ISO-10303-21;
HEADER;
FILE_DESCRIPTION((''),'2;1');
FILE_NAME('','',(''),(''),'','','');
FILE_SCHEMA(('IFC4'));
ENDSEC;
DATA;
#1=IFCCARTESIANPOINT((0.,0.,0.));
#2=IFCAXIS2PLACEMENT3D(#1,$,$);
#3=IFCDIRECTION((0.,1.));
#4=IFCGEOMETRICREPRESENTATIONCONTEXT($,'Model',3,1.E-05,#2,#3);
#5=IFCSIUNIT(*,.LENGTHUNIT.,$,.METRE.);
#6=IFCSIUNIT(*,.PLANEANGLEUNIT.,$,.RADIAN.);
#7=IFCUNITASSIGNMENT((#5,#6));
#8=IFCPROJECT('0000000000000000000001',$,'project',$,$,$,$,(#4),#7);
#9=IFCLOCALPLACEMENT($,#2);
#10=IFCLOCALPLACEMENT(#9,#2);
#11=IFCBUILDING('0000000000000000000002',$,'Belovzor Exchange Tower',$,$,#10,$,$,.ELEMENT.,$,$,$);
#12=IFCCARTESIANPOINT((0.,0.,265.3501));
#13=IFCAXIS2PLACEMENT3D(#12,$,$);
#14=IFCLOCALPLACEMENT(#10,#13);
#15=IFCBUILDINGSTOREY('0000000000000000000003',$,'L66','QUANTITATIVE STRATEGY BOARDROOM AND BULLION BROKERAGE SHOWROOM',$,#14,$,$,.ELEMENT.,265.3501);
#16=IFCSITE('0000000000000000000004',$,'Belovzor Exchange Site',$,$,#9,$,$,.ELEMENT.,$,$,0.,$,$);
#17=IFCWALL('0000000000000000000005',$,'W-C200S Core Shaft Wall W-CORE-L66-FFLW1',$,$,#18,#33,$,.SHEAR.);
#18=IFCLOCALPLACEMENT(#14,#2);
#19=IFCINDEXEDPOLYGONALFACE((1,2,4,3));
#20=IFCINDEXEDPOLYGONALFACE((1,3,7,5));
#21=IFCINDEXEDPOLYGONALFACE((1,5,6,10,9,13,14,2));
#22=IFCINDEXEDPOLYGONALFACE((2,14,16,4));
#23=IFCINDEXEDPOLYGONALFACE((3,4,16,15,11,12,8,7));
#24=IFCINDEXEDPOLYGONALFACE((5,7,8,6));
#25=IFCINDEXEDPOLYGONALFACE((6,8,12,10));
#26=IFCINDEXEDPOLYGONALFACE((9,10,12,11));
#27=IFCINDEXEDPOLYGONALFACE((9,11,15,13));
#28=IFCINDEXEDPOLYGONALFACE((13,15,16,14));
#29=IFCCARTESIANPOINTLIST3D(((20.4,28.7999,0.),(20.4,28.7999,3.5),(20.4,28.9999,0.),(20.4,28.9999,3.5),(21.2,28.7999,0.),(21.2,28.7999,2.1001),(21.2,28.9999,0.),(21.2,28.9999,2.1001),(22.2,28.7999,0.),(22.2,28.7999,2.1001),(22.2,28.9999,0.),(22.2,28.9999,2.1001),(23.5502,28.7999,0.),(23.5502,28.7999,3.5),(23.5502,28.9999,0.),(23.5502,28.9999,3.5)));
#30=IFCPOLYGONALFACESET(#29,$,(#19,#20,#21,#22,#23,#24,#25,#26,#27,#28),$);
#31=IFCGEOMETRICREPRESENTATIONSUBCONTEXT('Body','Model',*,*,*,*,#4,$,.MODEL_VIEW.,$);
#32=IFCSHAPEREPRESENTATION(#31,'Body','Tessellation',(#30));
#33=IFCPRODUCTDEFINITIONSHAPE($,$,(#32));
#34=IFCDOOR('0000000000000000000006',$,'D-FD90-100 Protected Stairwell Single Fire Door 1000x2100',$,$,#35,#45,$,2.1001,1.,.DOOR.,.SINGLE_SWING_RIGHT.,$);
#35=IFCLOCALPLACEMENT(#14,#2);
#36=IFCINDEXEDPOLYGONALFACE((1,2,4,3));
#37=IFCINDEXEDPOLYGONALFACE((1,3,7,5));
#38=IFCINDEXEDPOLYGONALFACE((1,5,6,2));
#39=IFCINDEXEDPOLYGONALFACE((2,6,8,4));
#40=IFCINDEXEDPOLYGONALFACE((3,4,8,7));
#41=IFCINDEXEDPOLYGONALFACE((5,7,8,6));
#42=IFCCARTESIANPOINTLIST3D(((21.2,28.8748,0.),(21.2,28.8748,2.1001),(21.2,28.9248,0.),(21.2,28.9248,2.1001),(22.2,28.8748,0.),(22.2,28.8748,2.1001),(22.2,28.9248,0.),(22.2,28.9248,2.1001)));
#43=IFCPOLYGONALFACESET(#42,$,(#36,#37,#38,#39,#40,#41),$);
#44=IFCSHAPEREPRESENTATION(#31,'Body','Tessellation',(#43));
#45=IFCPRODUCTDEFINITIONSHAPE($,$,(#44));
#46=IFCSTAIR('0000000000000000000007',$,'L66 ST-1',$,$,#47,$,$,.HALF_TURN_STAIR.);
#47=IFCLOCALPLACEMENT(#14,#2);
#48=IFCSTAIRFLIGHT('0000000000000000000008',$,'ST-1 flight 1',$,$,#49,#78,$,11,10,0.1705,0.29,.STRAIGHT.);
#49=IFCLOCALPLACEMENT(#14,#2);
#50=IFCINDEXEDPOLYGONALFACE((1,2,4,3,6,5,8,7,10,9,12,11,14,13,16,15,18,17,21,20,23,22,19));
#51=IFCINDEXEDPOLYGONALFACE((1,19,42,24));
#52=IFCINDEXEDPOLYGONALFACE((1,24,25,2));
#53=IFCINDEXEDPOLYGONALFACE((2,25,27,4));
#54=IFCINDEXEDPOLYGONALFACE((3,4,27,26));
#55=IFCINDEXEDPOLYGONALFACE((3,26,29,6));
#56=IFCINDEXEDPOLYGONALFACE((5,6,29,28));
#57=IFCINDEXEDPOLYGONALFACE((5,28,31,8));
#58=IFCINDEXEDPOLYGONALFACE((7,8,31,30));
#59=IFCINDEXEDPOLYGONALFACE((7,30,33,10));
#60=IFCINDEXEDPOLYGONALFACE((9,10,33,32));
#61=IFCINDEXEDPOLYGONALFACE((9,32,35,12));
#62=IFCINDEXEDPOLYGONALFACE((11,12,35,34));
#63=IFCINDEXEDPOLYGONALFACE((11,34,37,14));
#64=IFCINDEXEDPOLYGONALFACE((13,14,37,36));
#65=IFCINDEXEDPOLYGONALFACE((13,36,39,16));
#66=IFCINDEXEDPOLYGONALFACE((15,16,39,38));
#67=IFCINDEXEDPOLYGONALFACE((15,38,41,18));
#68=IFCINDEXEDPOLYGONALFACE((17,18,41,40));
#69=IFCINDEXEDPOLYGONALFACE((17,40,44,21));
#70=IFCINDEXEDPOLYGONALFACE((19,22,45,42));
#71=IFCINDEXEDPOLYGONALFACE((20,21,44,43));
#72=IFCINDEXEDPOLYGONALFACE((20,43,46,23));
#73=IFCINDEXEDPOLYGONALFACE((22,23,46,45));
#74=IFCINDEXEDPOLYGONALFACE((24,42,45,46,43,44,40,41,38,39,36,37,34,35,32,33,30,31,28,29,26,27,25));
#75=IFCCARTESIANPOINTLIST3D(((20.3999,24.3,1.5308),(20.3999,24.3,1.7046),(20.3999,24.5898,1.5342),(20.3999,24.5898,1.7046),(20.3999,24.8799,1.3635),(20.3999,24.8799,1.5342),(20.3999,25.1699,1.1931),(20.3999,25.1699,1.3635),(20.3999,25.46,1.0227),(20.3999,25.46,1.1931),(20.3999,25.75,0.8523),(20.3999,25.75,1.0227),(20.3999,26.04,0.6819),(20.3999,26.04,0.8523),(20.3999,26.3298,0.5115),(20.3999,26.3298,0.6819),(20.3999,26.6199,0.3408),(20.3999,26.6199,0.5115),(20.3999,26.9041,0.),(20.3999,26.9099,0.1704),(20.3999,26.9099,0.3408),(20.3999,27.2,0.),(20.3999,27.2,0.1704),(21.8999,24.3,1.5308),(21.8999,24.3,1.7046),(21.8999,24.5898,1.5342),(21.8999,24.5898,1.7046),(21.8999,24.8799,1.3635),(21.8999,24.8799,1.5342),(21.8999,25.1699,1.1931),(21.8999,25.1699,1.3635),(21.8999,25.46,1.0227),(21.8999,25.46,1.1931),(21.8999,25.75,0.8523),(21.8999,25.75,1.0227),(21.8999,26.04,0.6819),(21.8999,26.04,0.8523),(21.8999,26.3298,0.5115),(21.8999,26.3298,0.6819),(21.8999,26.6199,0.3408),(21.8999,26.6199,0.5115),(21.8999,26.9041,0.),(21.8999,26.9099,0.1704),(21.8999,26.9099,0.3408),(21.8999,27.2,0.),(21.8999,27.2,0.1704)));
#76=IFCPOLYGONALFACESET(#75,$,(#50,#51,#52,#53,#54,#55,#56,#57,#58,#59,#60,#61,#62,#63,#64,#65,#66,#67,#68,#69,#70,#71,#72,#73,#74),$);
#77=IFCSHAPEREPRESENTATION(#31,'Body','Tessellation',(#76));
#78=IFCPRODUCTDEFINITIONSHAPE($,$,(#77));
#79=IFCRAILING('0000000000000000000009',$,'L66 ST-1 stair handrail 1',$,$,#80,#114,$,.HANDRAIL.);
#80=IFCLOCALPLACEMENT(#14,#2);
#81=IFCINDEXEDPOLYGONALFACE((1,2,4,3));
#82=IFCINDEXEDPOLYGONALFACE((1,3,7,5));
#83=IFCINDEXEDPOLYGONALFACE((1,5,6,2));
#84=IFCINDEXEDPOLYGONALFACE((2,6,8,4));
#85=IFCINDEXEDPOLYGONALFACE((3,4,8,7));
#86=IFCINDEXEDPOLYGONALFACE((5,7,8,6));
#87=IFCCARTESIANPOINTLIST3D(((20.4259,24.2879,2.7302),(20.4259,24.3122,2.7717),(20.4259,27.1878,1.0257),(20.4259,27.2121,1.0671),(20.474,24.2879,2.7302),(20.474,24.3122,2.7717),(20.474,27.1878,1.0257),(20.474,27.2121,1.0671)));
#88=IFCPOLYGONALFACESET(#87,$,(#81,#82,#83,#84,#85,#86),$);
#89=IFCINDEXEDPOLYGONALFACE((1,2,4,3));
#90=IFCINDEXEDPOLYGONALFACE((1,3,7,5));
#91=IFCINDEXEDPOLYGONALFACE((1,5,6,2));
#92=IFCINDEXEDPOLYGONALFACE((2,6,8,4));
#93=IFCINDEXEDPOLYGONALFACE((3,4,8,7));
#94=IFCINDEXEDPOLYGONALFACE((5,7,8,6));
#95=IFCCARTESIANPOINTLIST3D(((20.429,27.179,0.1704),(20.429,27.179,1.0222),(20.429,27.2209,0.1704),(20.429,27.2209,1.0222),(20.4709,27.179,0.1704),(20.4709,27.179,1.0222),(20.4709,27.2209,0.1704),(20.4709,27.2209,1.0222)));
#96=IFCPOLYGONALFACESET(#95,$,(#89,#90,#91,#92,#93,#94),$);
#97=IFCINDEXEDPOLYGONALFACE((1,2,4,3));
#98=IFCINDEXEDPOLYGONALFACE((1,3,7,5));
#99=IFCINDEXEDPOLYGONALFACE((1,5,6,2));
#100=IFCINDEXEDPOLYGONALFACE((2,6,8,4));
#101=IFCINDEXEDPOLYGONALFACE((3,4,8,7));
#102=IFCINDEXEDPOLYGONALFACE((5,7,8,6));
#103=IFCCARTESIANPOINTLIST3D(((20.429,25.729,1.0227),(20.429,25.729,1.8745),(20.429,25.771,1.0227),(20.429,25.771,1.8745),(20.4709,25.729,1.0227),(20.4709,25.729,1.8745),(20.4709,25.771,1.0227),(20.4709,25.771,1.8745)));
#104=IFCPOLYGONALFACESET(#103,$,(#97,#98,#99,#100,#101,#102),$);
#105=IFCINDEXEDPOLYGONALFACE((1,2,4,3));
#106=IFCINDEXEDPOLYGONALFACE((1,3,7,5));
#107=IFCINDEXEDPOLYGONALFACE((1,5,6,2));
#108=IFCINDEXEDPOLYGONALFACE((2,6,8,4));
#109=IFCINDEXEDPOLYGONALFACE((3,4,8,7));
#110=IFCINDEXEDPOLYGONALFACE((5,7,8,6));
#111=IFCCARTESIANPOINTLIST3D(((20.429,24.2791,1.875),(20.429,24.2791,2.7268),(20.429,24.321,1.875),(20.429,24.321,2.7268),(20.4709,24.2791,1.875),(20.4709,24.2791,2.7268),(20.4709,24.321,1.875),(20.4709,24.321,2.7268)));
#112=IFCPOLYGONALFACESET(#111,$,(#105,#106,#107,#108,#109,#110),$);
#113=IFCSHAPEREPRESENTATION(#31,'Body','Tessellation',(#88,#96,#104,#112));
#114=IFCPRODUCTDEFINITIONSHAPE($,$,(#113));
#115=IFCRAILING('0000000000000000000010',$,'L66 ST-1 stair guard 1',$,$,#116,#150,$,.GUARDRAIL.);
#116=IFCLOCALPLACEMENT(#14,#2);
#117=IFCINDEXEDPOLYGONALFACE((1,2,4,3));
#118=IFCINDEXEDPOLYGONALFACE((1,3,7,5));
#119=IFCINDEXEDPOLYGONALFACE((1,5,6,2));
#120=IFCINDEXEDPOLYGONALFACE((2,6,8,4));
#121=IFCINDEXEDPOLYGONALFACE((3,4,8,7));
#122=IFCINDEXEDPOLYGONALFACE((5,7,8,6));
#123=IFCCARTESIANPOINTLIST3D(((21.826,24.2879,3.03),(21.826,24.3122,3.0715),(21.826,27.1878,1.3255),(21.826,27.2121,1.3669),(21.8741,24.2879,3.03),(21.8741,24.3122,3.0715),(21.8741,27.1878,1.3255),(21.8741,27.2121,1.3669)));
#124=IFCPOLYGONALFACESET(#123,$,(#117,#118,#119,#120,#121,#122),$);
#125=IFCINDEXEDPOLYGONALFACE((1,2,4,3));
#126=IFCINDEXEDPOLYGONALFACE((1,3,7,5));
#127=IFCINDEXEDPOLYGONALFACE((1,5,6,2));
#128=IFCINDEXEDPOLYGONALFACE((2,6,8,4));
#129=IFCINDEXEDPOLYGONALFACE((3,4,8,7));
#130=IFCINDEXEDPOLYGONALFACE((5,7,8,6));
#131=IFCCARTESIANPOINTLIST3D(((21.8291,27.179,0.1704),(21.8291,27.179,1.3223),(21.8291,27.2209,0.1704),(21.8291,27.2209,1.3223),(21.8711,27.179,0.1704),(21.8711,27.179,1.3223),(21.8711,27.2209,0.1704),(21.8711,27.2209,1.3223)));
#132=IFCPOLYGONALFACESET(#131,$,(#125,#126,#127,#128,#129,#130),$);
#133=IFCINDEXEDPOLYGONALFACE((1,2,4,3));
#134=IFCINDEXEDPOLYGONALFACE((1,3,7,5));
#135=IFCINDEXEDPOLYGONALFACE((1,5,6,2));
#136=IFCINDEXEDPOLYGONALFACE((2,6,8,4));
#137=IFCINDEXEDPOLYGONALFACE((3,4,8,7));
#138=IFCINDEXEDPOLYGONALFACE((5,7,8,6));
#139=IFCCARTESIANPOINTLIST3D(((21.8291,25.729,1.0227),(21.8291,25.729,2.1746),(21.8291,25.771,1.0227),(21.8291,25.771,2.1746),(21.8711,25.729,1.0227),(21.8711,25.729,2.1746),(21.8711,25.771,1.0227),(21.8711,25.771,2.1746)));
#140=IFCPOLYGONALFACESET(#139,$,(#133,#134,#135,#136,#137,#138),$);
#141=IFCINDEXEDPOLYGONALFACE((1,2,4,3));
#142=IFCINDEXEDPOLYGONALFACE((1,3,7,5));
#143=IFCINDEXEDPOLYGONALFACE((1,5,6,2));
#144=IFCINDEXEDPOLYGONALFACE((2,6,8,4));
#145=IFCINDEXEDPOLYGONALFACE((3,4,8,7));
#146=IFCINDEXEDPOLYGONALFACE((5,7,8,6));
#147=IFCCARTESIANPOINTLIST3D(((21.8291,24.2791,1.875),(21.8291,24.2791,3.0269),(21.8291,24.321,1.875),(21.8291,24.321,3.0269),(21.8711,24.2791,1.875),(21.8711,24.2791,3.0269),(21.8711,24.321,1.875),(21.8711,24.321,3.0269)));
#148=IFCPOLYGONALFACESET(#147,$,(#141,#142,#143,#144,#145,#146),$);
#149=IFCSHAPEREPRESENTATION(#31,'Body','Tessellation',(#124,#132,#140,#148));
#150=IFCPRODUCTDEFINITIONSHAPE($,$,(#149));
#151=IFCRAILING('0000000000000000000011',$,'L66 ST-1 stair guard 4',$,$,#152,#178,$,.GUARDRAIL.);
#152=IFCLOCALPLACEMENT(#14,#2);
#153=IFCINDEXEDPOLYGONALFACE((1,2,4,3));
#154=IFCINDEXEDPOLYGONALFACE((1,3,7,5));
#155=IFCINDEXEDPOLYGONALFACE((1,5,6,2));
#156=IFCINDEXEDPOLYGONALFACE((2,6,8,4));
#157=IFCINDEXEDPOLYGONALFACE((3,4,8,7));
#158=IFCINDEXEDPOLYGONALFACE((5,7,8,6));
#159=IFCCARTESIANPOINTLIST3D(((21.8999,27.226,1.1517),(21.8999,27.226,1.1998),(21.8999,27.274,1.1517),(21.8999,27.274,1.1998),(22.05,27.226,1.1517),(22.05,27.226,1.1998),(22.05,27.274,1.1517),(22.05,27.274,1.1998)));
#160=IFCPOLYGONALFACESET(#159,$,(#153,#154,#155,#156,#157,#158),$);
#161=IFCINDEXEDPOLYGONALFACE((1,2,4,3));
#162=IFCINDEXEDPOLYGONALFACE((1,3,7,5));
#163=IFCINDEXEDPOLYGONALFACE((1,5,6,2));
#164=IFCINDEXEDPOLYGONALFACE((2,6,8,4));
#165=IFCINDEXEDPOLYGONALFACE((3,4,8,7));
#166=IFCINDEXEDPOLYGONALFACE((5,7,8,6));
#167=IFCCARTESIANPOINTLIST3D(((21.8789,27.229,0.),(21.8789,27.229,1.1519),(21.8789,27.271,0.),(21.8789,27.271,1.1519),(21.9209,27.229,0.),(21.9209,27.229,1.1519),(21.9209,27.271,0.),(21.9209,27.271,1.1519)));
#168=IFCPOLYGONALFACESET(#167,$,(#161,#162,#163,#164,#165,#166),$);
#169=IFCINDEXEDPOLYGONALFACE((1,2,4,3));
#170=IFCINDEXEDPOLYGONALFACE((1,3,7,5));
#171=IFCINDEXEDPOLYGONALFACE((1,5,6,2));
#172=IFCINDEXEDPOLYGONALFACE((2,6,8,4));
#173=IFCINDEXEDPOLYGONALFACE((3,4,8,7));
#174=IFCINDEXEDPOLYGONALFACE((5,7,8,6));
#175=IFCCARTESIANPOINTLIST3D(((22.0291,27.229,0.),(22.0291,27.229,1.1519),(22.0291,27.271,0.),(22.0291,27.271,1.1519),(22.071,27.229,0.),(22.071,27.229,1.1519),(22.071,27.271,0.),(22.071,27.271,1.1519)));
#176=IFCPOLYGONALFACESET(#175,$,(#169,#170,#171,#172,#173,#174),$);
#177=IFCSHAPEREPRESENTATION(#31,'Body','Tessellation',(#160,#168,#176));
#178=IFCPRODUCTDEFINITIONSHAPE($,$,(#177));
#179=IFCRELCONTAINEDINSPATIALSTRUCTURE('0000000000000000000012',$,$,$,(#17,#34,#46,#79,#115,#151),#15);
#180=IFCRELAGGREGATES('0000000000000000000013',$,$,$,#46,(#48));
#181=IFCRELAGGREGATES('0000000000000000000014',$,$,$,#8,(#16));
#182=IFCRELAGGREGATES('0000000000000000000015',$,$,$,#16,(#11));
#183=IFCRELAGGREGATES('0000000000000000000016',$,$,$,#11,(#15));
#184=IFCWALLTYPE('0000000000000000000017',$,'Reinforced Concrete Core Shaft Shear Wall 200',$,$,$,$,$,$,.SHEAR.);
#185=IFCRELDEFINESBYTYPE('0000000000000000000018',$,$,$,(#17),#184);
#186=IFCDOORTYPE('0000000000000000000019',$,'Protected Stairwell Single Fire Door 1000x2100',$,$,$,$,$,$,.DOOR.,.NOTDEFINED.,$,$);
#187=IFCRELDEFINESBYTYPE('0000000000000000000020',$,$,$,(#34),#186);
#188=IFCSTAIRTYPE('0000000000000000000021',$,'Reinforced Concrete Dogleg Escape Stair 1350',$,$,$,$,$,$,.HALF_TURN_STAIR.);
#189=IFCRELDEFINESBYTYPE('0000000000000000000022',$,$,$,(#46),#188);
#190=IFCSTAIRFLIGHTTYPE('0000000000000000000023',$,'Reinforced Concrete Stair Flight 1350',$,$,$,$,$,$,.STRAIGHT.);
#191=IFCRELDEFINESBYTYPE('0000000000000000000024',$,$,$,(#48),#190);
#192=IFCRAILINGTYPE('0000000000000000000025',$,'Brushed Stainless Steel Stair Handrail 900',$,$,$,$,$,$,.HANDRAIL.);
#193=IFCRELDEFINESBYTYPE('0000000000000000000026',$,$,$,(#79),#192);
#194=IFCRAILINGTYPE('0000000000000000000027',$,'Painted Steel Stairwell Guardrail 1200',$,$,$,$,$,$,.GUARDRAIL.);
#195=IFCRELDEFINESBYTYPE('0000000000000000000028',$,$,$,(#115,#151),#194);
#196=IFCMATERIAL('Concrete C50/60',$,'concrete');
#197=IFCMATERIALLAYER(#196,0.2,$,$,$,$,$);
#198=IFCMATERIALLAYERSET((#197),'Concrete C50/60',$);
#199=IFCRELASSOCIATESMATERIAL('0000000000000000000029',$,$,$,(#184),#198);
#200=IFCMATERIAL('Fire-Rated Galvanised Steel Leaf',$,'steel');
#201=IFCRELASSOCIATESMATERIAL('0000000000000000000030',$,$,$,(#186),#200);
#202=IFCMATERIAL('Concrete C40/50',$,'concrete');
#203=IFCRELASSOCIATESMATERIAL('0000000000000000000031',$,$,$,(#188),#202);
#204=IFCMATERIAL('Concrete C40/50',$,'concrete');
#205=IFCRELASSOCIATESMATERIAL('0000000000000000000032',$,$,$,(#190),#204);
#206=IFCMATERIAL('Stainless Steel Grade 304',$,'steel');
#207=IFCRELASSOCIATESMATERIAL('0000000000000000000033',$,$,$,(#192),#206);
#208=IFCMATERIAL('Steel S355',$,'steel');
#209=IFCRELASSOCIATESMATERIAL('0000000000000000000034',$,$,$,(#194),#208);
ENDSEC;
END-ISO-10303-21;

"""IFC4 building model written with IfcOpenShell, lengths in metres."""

from ifc_helpers import new_model, si_unit, direction, frame, frame_2d, origin, origin_2d, place, context, subcontext, project, spatial, polyline, rectangle, outline, extrude, material, layer, layer_set, type_object, element, fill, aggregate, save


model = new_model("IFC4")

# Units and contexts
model_context = context("Model", 3, precision=1e-05, world=origin(), true_north=direction((0.0, 1.0)))
body_context = subcontext(model_context, "Body", "Model", "MODEL_VIEW")
ifc_project = project(units=[si_unit("LENGTHUNIT", "METRE"), si_unit("PLANEANGLEUNIT", "RADIAN")], contexts=[model_context])

# Site, building, storey
site_placement = place(None, origin())
site = spatial("IfcSite", under=ifc_project, at=site_placement, Name="Belovzor Exchange Site", CompositionType="ELEMENT", RefElevation=0.0)
building_placement = place(site_placement, origin())
building = spatial("IfcBuilding", under=site, at=building_placement, Name="Belovzor Exchange Tower", CompositionType="ELEMENT")
storey_placement = place(building_placement, frame((0.0, 0.0, 265.3501)))
storey = spatial("IfcBuildingStorey", under=building, at=storey_placement, Name="L66", Description="QUANTITATIVE STRATEGY BOARDROOM AND BULLION BROKERAGE SHOWROOM", CompositionType="ELEMENT", Elevation=265.3501)

# Wall, opening, door
ifc_material_1 = material(Name="Concrete C50/60", Category="concrete")
ifc_layer_1 = layer(ifc_material_1, 0.2)
ifc_layer_set_1 = layer_set([ifc_layer_1], Name="Concrete C50/60")
wall_type_1 = type_object("IfcWallType", Name="Reinforced Concrete Core Shaft Shear Wall 200", PredefinedType="SHEAR", material=ifc_layer_set_1)
wall_1_placement = place(storey_placement, frame((20.3999, 28.8999, 0.0), z_axis=(0.0, 0.0, 1.0), x_axis=(1.0, 0.0, 0.0)))
wall_1 = element("IfcWall", 1, at=wall_1_placement, inside=storey, type_object=wall_type_1, Name="W-C200S Core Shaft Wall W-CORE-L66-FFLW1", PredefinedType="SHEAR", context=body_context, shape_type="SweptSolid", body=[
    extrude(rectangle(XDim=3.1501, YDim=0.2, at=frame_2d((1.5752, 0.0))), origin(), (0.0, 0.0, 1.0), 3.5),
])
opening_1_placement = place(wall_1_placement, frame((0.8, 0.0, 0.0)))
opening_1 = element("IfcOpeningElement", 2, at=opening_1_placement, cuts=wall_1, PredefinedType="OPENING", context=body_context, shape_type="SweptSolid", body=[
    extrude(rectangle(XDim=1.0, YDim=2.1001, at=frame_2d((0.5, 1.05))), frame((0.0, 0.1099, 0.0), z_axis=(0.0, -1.0, 0.0), x_axis=(1.0, 0.0, 0.0)), (0.0, 0.0, 1.0), 0.22),
])
ifc_material_2 = material(Name="Fire-Rated Galvanised Steel Leaf", Category="steel")
door_type_1 = type_object("IfcDoorType", Name="Protected Stairwell Single Fire Door 1000x2100", OperationType="NOTDEFINED", PredefinedType="DOOR", material=ifc_material_2)
door_1_placement = place(opening_1_placement, origin())
door_1 = element("IfcDoor", 3, at=door_1_placement, inside=storey, type_object=door_type_1, Name="D-FD90-100 Protected Stairwell Single Fire Door 1000x2100", OperationType="SINGLE_SWING_RIGHT", OverallHeight=2.1001, OverallWidth=1.0, PredefinedType="DOOR", context=body_context, shape_type="SweptSolid", body=[
    extrude(rectangle(XDim=1.0, YDim=2.1001, at=frame_2d((0.5, 1.05))), frame((0.0, 0.0249, 0.0), z_axis=(0.0, -1.0, 0.0), x_axis=(1.0, 0.0, 0.0)), (0.0, 0.0, 1.0), 0.05),
])
fill(opening_1, door_1)

# Stair, stair flight
ifc_material_3 = material(Name="Concrete C40/50", Category="concrete")
stair_type = type_object("IfcStairType", Name="Reinforced Concrete Dogleg Escape Stair 1350", PredefinedType="HALF_TURN_STAIR", material=ifc_material_3)
stair_placement = place(storey_placement, origin())
stair = element("IfcStair", 4, at=stair_placement, inside=storey, type_object=stair_type, Name="L66 ST-1", PredefinedType="HALF_TURN_STAIR")
ifc_material_4 = material(Name="Concrete C40/50", Category="concrete")
stair_flight_type = type_object("IfcStairFlightType", Name="Reinforced Concrete Stair Flight 1350", PredefinedType="STRAIGHT", material=ifc_material_4)
stair_flight_placement = place(storey_placement, frame((21.1499, 27.2, 0.0), z_axis=(0.0, 0.0, 1.0), x_axis=(0.0, -1.0, 0.0)))
stair_flight = element("IfcStairFlight", 5, at=stair_flight_placement, type_object=stair_flight_type, Name="ST-1 flight 1", NumberOfRisers=11, NumberOfTreads=10, PredefinedType="STRAIGHT", RiserHeight=0.1705, TreadLength=0.29, context=body_context, shape_type="SweptSolid", body=[
    extrude(outline(polyline([(0.0, 0.0), (0.0, 0.1704), (0.29, 0.1704), (0.29, 0.3408), (0.5801, 0.3408), (0.5801, 0.5115), (0.8701, 0.5115), (0.8701, 0.6819), (1.1599, 0.6819), (1.1599, 0.8523), (1.45, 0.8523), (1.45, 1.0227), (1.74, 1.0227), (1.74, 1.1931), (2.03, 1.1931), (2.03, 1.3635), (2.3201, 1.3635), (2.3201, 1.5342), (2.6101, 1.5342), (2.6101, 1.7046), (2.8999, 1.7046), (2.8999, 1.875), (2.8999, 1.5308), (0.2959, 0.0), (0.0, 0.0)])), frame((0.0, 0.75, 0.0), z_axis=(0.0, -1.0, 0.0), x_axis=(1.0, 0.0, 0.0)), (0.0, 0.0, 1.0), 1.5),
])
aggregate(stair, [stair_flight])

# Railings
ifc_material_5 = material(Name="Stainless Steel Grade 304", Category="steel")
railing_type_1 = type_object("IfcRailingType", Name="Brushed Stainless Steel Stair Handrail 900", PredefinedType="HANDRAIL", material=ifc_material_5)
railing_1_placement = place(storey_placement, frame((20.45, 27.2, 0.1704)))
element("IfcRailing", 6, at=railing_1_placement, inside=storey, type_object=railing_type_1, Name="L66 ST-1 stair handrail 1", PredefinedType="HANDRAIL", context=body_context, shape_type="SweptSolid", body=[
    extrude(rectangle(XDim=0.0481, YDim=0.0481, at=origin_2d()), frame((0.0, 0.0, 0.876), z_axis=(0.0, -0.862095, 0.506747), x_axis=(1.0, 0.0, 0.0)), (0.0, 0.0, 1.0), 3.3638),
    extrude(rectangle(XDim=0.042, YDim=0.042, at=origin_2d()), origin(), (0.0, 0.0, 1.0), 0.8518),
    extrude(rectangle(XDim=0.042, YDim=0.042, at=origin_2d()), frame((0.0, -1.45, 0.8523)), (0.0, 0.0, 1.0), 0.8518),
    extrude(rectangle(XDim=0.042, YDim=0.042, at=origin_2d()), frame((0.0, -2.8999, 1.7046)), (0.0, 0.0, 1.0), 0.8518),
])
ifc_material_6 = material(Name="Steel S355", Category="steel")
railing_type_2 = type_object("IfcRailingType", Name="Painted Steel Stairwell Guardrail 1200", PredefinedType="GUARDRAIL", material=ifc_material_6)
railing_2_placement = place(storey_placement, frame((21.8501, 27.2, 0.1704)))
element("IfcRailing", 7, at=railing_2_placement, inside=storey, type_object=railing_type_2, Name="L66 ST-1 stair guard 1", PredefinedType="GUARDRAIL", context=body_context, shape_type="SweptSolid", body=[
    extrude(rectangle(XDim=0.0481, YDim=0.0481, at=origin_2d()), frame((0.0, 0.0, 1.1758), z_axis=(0.0, -0.862095, 0.506747), x_axis=(1.0, 0.0, 0.0)), (0.0, 0.0, 1.0), 3.3638),
    extrude(rectangle(XDim=0.042, YDim=0.042, at=origin_2d()), origin(), (0.0, 0.0, 1.0), 1.1519),
    extrude(rectangle(XDim=0.042, YDim=0.042, at=origin_2d()), frame((0.0, -1.45, 0.8523)), (0.0, 0.0, 1.0), 1.1519),
    extrude(rectangle(XDim=0.042, YDim=0.042, at=origin_2d()), frame((0.0, -2.8999, 1.7046)), (0.0, 0.0, 1.0), 1.1519),
])
railing_3_placement = place(storey_placement, frame((21.8999, 27.25, 0.0)))
element("IfcRailing", 8, at=railing_3_placement, inside=storey, type_object=railing_type_2, Name="L66 ST-1 stair guard 4", PredefinedType="GUARDRAIL", context=body_context, shape_type="SweptSolid", body=[
    extrude(rectangle(XDim=0.0481, YDim=0.0481, at=origin_2d()), frame((0.0, 0.0, 1.1758), z_axis=(1.0, 0.0, 0.0), x_axis=(0.0, 1.0, 0.0)), (0.0, 0.0, 1.0), 0.1501),
    extrude(rectangle(XDim=0.042, YDim=0.042, at=origin_2d()), origin(), (0.0, 0.0, 1.0), 1.1519),
    extrude(rectangle(XDim=0.042, YDim=0.042, at=origin_2d()), frame((0.1501, 0.0, 0.0)), (0.0, 0.0, 1.0), 1.1519),
])

save(model, "model.ifc")
